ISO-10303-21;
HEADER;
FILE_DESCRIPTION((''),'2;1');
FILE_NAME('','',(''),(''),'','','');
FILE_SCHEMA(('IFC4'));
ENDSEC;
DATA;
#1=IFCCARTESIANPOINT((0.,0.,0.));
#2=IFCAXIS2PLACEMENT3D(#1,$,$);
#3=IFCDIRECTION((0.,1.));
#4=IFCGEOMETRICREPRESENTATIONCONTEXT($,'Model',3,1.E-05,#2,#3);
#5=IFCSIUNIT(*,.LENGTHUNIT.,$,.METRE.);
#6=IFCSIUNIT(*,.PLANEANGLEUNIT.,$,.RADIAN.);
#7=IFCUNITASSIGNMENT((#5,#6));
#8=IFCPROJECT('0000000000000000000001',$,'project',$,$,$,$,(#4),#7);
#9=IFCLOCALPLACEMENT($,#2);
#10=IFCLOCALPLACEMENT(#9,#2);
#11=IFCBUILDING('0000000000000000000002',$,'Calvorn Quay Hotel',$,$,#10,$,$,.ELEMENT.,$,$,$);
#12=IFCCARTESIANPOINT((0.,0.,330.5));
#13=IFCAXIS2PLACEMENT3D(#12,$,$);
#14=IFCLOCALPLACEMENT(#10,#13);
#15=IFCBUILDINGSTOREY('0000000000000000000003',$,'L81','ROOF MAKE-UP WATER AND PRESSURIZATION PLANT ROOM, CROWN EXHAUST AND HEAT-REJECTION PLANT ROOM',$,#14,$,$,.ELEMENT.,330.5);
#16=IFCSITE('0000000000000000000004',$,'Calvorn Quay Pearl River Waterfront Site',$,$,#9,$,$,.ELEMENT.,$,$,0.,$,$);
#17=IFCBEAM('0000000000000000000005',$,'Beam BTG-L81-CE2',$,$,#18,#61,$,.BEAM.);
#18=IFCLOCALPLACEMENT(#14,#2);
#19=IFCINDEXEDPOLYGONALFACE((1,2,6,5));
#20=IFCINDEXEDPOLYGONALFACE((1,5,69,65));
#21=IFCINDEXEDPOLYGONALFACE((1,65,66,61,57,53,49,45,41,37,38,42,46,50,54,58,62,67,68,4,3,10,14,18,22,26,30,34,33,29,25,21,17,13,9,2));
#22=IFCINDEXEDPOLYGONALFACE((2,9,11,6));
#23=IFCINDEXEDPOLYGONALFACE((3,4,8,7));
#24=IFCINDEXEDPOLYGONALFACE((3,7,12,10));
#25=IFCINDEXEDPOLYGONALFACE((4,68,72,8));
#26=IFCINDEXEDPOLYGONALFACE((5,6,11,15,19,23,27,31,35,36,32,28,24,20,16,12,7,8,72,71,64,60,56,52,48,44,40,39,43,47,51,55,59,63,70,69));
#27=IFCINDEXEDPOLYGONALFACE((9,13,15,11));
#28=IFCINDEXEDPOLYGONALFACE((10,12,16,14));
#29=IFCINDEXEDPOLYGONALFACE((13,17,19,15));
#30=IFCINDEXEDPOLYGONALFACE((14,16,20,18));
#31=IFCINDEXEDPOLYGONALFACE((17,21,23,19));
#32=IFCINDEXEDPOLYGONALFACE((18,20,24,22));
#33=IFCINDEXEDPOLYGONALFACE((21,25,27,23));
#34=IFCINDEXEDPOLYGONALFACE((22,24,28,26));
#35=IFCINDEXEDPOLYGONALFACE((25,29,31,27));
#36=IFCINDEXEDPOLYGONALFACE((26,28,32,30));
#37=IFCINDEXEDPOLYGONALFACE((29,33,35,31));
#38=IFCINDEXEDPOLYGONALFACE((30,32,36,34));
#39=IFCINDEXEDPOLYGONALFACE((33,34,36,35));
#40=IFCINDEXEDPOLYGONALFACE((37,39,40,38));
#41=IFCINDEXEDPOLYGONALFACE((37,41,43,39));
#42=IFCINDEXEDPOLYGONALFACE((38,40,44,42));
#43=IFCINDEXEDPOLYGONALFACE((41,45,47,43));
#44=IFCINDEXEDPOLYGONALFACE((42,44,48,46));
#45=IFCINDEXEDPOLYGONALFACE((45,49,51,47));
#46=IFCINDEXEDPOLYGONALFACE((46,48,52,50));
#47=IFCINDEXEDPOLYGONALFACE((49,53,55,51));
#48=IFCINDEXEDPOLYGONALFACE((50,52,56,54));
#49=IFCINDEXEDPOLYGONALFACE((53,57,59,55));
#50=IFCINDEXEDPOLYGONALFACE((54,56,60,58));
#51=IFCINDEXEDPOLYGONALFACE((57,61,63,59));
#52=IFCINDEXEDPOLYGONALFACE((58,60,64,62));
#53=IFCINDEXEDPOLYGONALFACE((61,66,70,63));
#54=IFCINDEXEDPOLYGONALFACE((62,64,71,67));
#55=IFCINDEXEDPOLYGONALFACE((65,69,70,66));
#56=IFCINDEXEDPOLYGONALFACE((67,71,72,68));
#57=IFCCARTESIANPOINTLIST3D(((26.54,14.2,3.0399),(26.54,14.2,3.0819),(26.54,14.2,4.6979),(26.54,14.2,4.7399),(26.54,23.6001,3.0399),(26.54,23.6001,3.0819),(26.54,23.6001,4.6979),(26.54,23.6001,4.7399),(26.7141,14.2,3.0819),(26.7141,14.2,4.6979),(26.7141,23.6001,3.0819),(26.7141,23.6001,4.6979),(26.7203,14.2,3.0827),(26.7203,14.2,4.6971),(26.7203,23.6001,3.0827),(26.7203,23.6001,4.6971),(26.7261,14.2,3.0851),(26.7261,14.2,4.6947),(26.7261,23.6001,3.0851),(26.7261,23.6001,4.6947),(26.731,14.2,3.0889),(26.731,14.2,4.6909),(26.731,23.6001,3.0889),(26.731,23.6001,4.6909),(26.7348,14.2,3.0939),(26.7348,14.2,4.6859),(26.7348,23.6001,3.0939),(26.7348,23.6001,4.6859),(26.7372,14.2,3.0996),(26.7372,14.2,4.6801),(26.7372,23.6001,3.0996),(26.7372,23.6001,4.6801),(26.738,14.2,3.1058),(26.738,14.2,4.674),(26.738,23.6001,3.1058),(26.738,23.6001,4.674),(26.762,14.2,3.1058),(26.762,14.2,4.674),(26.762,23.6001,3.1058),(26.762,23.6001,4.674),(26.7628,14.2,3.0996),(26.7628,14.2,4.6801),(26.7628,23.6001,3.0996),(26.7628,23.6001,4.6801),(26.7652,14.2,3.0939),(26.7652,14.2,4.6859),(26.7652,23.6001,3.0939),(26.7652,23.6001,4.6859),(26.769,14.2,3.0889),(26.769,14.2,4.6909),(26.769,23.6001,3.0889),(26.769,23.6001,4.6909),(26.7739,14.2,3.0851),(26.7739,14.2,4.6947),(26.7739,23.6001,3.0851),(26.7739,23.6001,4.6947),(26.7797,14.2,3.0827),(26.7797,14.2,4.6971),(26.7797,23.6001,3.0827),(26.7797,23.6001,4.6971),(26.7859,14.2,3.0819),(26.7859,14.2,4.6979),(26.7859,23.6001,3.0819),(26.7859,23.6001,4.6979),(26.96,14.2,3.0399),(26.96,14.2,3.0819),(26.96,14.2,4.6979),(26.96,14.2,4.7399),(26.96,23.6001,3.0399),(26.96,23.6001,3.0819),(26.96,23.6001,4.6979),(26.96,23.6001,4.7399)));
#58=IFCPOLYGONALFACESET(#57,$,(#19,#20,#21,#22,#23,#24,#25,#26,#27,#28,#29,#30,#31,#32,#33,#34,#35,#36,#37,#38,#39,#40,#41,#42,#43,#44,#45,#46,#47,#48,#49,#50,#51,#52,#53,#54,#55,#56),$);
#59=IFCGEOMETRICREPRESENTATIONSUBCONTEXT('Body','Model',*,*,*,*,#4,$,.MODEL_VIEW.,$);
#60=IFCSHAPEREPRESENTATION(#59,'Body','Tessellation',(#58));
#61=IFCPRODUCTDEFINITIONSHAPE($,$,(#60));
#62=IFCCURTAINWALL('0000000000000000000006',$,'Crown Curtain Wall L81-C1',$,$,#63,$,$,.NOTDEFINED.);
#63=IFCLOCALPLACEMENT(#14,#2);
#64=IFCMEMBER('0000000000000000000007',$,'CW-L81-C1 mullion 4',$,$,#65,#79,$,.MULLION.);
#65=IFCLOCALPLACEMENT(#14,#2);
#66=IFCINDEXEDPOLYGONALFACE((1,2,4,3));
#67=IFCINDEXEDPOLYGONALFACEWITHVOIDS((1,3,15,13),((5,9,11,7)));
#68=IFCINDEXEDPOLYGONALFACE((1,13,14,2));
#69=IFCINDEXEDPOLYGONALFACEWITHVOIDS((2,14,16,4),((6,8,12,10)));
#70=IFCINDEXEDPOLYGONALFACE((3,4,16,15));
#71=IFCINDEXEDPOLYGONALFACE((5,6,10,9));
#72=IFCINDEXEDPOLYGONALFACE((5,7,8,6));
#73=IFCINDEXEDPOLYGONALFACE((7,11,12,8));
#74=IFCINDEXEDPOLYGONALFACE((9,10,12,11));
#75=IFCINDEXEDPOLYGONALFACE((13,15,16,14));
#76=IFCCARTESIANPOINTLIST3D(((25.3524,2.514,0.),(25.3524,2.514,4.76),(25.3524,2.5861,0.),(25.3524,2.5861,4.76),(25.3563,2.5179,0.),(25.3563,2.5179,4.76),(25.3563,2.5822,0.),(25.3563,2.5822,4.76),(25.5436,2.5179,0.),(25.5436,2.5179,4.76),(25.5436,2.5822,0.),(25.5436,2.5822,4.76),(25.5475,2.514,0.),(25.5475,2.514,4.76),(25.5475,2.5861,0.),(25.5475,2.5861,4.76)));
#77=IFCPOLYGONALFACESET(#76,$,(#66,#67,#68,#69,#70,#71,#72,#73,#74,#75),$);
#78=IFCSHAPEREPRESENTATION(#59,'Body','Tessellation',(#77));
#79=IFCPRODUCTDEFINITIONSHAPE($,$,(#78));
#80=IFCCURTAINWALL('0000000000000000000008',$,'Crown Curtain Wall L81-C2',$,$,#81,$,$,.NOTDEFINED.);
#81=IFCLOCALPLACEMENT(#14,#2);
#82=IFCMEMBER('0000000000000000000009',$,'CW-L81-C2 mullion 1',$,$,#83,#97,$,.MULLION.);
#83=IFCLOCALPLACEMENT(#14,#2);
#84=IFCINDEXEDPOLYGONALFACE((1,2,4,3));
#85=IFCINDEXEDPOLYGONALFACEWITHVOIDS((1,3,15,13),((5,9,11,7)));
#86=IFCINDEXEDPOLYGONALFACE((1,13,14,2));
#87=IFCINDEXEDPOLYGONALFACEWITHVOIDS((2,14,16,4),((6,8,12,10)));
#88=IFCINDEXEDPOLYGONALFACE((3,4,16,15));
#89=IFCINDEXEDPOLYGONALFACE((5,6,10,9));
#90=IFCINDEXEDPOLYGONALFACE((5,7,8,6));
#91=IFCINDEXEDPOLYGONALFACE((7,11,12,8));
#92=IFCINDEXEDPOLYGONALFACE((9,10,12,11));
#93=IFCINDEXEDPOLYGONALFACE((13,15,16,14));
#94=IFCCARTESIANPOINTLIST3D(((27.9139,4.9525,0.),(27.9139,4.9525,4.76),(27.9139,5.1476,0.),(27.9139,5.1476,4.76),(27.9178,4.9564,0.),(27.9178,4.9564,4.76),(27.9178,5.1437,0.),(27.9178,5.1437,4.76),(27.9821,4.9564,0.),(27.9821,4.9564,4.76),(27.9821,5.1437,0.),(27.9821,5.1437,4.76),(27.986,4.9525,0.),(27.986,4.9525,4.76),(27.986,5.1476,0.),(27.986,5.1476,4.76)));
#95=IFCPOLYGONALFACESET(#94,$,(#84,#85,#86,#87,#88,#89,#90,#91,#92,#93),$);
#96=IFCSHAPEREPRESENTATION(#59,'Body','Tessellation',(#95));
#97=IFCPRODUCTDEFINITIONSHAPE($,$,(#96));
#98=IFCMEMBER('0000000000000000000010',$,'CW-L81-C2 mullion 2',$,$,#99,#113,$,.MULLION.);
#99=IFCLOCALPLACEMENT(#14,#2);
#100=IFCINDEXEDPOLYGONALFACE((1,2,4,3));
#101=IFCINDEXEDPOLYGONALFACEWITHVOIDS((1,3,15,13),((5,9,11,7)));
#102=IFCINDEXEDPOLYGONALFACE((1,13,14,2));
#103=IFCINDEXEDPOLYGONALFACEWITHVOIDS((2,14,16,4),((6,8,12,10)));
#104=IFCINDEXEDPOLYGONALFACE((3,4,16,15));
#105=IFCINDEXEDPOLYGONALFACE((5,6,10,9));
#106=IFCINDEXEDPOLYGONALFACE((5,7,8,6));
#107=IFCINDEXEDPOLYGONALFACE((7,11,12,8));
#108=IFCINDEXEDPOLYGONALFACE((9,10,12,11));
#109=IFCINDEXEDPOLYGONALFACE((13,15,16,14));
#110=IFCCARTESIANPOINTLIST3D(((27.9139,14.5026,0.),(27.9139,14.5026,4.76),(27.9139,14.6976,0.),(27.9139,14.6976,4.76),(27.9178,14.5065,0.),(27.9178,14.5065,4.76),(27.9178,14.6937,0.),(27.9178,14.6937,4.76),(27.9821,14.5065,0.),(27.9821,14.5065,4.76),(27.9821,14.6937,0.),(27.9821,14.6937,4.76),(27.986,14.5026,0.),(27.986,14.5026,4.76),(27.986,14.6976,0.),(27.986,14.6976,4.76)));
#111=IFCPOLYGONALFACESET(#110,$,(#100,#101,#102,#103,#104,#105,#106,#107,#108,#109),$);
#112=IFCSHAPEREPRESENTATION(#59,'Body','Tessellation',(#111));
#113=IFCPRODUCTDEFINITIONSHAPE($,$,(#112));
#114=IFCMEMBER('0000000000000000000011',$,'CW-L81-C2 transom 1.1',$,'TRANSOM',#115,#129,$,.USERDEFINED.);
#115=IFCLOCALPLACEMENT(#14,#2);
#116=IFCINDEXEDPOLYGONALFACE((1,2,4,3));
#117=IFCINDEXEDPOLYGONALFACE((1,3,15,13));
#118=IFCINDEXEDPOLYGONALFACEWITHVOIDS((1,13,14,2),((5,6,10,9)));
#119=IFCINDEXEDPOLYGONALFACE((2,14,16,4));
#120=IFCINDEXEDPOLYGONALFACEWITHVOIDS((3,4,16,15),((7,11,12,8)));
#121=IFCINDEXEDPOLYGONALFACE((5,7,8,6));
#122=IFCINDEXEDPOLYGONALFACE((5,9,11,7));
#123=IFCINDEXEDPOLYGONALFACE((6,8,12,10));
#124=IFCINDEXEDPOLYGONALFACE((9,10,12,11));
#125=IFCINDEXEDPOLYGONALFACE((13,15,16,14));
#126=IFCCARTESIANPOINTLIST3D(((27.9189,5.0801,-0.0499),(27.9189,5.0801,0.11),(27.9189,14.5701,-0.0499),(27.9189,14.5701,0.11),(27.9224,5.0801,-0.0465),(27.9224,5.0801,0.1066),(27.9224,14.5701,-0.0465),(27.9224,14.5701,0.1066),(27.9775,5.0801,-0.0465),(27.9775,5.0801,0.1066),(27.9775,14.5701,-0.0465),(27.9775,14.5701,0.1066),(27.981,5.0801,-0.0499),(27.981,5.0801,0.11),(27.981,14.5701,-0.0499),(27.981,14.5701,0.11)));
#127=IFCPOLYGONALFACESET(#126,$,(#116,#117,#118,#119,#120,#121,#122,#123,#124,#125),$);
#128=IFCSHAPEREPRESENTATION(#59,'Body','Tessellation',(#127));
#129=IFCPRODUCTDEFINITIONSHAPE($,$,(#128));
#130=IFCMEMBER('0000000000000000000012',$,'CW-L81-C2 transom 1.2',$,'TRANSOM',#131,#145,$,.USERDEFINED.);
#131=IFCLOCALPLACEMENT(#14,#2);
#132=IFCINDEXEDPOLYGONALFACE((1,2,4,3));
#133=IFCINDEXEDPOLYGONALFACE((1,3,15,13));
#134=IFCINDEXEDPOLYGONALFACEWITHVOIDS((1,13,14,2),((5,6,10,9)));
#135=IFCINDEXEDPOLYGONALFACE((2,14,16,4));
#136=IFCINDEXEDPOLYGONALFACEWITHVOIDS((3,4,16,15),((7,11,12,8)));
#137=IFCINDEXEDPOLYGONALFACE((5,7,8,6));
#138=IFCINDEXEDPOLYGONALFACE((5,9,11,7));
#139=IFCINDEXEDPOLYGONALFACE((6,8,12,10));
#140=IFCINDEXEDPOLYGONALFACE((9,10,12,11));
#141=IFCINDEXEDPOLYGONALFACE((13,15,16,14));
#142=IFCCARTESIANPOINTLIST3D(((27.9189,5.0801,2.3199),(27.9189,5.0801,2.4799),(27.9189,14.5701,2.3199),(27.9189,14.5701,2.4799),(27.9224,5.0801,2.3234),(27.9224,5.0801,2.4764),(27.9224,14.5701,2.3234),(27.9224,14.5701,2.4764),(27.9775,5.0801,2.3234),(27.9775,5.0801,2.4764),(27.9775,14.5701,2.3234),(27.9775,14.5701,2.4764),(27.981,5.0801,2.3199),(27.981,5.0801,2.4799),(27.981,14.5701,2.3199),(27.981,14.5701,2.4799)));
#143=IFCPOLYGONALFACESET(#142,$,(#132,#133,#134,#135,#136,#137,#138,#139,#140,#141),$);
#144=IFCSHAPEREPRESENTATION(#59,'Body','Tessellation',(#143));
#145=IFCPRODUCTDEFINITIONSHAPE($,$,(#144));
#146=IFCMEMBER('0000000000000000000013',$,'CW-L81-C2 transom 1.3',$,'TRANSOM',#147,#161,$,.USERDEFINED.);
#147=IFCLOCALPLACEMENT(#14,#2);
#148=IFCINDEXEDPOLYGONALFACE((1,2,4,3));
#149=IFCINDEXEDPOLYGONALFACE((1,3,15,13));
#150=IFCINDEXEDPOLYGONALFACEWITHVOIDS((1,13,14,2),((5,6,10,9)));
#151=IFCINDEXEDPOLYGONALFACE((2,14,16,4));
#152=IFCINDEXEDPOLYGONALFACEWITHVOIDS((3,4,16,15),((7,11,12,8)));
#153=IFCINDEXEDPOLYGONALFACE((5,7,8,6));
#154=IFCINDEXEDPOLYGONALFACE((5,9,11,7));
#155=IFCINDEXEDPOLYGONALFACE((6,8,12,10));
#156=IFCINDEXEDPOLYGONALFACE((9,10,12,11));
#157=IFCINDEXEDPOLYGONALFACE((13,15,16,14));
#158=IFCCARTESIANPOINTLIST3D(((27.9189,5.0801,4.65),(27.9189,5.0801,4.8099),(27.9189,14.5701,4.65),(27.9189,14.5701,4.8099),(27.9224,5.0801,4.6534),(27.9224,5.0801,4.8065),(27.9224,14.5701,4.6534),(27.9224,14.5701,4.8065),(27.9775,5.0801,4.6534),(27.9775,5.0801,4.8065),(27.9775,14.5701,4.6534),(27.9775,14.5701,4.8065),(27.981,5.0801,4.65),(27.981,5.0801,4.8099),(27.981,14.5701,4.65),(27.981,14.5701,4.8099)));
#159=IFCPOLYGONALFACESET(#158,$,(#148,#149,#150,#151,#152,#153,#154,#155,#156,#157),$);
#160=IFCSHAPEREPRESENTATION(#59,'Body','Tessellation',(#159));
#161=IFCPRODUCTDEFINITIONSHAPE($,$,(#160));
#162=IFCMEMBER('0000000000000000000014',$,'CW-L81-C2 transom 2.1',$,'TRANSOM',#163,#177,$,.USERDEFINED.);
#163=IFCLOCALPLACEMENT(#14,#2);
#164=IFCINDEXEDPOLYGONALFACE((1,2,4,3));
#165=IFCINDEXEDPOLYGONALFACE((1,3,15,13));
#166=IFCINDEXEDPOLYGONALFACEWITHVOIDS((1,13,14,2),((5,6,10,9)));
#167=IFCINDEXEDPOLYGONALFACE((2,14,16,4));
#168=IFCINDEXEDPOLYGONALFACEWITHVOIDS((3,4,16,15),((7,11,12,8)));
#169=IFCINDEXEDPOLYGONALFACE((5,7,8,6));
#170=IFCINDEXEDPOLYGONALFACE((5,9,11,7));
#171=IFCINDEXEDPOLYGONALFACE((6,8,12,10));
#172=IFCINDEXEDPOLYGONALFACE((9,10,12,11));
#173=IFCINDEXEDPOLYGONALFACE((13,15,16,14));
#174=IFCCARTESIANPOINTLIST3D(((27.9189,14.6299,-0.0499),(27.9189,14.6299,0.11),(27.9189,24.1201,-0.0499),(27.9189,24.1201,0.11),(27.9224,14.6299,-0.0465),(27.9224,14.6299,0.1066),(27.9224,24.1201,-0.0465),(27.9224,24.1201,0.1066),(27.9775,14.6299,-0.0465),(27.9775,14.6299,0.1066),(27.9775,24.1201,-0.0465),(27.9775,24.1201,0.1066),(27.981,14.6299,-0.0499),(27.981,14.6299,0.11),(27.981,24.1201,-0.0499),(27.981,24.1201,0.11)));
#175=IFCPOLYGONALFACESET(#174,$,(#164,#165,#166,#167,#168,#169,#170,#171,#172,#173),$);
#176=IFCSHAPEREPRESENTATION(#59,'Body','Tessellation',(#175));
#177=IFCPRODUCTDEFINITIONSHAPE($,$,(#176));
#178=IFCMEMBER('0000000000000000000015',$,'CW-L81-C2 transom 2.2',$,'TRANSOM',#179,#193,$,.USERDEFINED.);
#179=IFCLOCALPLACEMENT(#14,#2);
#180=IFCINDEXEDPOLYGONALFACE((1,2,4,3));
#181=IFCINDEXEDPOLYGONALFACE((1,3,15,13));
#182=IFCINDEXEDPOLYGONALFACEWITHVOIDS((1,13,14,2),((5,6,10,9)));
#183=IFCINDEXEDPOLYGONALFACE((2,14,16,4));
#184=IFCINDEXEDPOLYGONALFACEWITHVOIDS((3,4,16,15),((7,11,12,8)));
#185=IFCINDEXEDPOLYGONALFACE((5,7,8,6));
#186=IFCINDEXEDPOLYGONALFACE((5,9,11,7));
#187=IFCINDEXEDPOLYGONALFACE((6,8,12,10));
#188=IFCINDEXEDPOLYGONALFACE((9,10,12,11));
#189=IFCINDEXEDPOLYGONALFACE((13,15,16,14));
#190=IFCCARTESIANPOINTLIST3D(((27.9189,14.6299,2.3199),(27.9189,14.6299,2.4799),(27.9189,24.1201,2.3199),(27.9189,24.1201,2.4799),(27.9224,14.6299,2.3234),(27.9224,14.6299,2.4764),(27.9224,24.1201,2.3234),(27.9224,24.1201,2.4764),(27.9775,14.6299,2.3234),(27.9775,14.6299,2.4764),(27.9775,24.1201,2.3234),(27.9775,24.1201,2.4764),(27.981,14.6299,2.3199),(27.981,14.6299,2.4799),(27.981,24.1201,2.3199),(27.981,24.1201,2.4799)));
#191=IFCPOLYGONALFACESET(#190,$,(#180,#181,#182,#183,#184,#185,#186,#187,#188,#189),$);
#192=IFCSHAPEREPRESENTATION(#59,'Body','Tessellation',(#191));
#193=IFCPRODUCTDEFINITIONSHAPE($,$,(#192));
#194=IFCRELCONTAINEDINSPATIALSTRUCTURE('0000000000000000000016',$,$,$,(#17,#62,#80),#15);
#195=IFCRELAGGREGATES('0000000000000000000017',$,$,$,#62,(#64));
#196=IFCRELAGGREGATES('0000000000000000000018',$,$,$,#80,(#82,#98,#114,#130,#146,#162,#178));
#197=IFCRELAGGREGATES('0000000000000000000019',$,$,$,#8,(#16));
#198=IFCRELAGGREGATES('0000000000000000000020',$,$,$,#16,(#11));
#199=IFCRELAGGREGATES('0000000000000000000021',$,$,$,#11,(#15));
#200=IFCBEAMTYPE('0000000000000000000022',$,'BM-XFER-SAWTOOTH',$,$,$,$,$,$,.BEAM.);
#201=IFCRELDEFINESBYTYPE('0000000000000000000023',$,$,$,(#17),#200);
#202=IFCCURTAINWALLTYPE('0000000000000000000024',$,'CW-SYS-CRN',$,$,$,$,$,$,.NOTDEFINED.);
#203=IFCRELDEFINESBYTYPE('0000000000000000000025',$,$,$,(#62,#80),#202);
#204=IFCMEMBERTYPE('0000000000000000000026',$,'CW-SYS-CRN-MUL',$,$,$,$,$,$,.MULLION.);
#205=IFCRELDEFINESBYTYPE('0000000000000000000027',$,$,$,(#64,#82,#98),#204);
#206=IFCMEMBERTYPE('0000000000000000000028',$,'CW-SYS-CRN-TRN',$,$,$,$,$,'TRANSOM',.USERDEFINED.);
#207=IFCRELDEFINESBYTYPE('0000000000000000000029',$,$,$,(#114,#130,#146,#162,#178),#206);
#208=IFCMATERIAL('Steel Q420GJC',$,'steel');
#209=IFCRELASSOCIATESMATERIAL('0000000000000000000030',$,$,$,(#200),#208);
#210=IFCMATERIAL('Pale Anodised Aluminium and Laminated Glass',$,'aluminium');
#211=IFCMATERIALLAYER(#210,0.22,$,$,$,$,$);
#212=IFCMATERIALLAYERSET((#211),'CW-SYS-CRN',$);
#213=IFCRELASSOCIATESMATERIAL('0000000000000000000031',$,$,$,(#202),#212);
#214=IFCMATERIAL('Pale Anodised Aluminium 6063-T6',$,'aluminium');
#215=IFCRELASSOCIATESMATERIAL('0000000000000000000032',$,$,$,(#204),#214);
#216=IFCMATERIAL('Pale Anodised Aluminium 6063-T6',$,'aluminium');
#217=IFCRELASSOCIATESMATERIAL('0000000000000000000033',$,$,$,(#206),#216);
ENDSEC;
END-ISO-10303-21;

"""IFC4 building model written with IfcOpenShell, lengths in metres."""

from ifc_helpers import new_model, si_unit, direction, frame, origin, origin_2d, place, context, subcontext, project, spatial, hollow_rectangle, i_section, extrude, material, layer, layer_set, material_profile, profile_set, type_object, element, aggregate, save


model = new_model("IFC4")

# Units and contexts
model_context = context("Model", 3, precision=1e-05, world=origin(), true_north=direction((0.0, 1.0)))
body_context = subcontext(model_context, "Body", "Model", "MODEL_VIEW")
ifc_project = project(units=[si_unit("LENGTHUNIT", "METRE"), si_unit("PLANEANGLEUNIT", "RADIAN")], contexts=[model_context])

# Site, building, storey
site_placement = place(None, origin())
site = spatial("IfcSite", under=ifc_project, at=site_placement, Name="Calvorn Quay Pearl River Waterfront Site", CompositionType="ELEMENT", RefElevation=0.0)
building_placement = place(site_placement, origin())
building = spatial("IfcBuilding", under=site, at=building_placement, Name="Calvorn Quay Hotel", CompositionType="ELEMENT")
storey_placement = place(building_placement, frame((0.0, 0.0, 330.5)))
storey = spatial("IfcBuildingStorey", under=building, at=storey_placement, Name="L81", Description="ROOF MAKE-UP WATER AND PRESSURIZATION PLANT ROOM, CROWN EXHAUST AND HEAT-REJECTION PLANT ROOM", CompositionType="ELEMENT", Elevation=330.5)

# Beam
ifc_material_1 = material(Name="Steel Q420GJC", Category="steel")
ifc_material_profile_1 = material_profile(ifc_material_1, i_section(OverallWidth=0.4199, OverallDepth=1.7, WebThickness=0.0239, FlangeThickness=0.042, FilletRadius=0.0239, at=origin_2d()), Name="HN1700x420x24x42")
ifc_profile_set_1 = profile_set([ifc_material_profile_1], Name="Steel Q420GJC")
beam_type_1 = type_object("IfcBeamType", Name="BM-XFER-SAWTOOTH", PredefinedType="BEAM", material=ifc_profile_set_1)
beam_1_placement = place(storey_placement, frame((26.75, 14.2, 3.8899), z_axis=(0.0, 1.0, 0.0), x_axis=(-1.0, 0.0, 0.0)))
element("IfcBeam", 1, at=beam_1_placement, inside=storey, type_object=beam_type_1, Name="Beam BTG-L81-CE2", PredefinedType="BEAM", context=body_context, shape_type="SweptSolid", body=[
    extrude(i_section(OverallWidth=0.4199, OverallDepth=1.7, WebThickness=0.0239, FlangeThickness=0.042, FilletRadius=0.0239, at=origin_2d()), origin(), (0.0, 0.0, 1.0), 9.4001),
])

# Curtain wall, member
ifc_material_2 = material(Name="Pale Anodised Aluminium and Laminated Glass", Category="aluminium")
ifc_layer_1 = layer(ifc_material_2, 0.22)
ifc_layer_set_1 = layer_set([ifc_layer_1], Name="CW-SYS-CRN")
curtain_wall_type = type_object("IfcCurtainWallType", Name="CW-SYS-CRN", PredefinedType="NOTDEFINED", material=ifc_layer_set_1)
curtain_wall_1_placement = place(storey_placement, origin())
curtain_wall_1 = element("IfcCurtainWall", 2, at=curtain_wall_1_placement, inside=storey, type_object=curtain_wall_type, Name="Crown Curtain Wall L81-C1", PredefinedType="NOTDEFINED")
ifc_material_3 = material(Name="Pale Anodised Aluminium 6063-T6", Category="aluminium")
ifc_material_profile_2 = material_profile(ifc_material_3, hollow_rectangle(XDim=0.072, YDim=0.1951, WallThickness=0.0039, at=origin_2d()), Name="ALU-M195x72x4")
ifc_profile_set_2 = profile_set([ifc_material_profile_2], Name="Pale Anodised Aluminium 6063-T6")
member_type_1 = type_object("IfcMemberType", Name="CW-SYS-CRN-MUL", PredefinedType="MULLION", material=ifc_profile_set_2)
member_1_placement = place(storey_placement, frame((25.45, 2.55, 0.0), z_axis=(0.0, 0.0, 1.0), x_axis=(0.0, 1.0, 0.0)))
member_1 = element("IfcMember", 3, at=member_1_placement, type_object=member_type_1, Name="CW-L81-C1 mullion 4", PredefinedType="MULLION", context=body_context, shape_type="SweptSolid", body=[
    extrude(hollow_rectangle(XDim=0.072, YDim=0.1951, WallThickness=0.0039, at=origin_2d()), origin(), (0.0, 0.0, 1.0), 4.76),
])
aggregate(curtain_wall_1, [member_1])

# Curtain wall, members
curtain_wall_2_placement = place(storey_placement, origin())
curtain_wall_2 = element("IfcCurtainWall", 4, at=curtain_wall_2_placement, inside=storey, type_object=curtain_wall_type, Name="Crown Curtain Wall L81-C2", PredefinedType="NOTDEFINED")
member_2_placement = place(storey_placement, frame((27.95, 5.05, 0.0), z_axis=(0.0, 0.0, 1.0), x_axis=(-1.0, 0.0, 0.0)))
member_2 = element("IfcMember", 5, at=member_2_placement, type_object=member_type_1, Name="CW-L81-C2 mullion 1", PredefinedType="MULLION", context=body_context, shape_type="SweptSolid", body=[
    extrude(hollow_rectangle(XDim=0.072, YDim=0.1951, WallThickness=0.0039, at=origin_2d()), origin(), (0.0, 0.0, 1.0), 4.76),
])
member_3_placement = place(storey_placement, frame((27.95, 14.6001, 0.0), z_axis=(0.0, 0.0, 1.0), x_axis=(-1.0, 0.0, 0.0)))
member_3 = element("IfcMember", 6, at=member_3_placement, type_object=member_type_1, Name="CW-L81-C2 mullion 2", PredefinedType="MULLION", context=body_context, shape_type="SweptSolid", body=[
    extrude(hollow_rectangle(XDim=0.072, YDim=0.1951, WallThickness=0.0039, at=origin_2d()), origin(), (0.0, 0.0, 1.0), 4.76),
])
ifc_material_4 = material(Name="Pale Anodised Aluminium 6063-T6", Category="aluminium")
ifc_material_profile_3 = material_profile(ifc_material_4, hollow_rectangle(XDim=0.062, YDim=0.1599, WallThickness=0.0034, at=origin_2d()), Name="ALU-T160x62x3.5")
ifc_profile_set_3 = profile_set([ifc_material_profile_3], Name="Pale Anodised Aluminium 6063-T6")
member_type_2 = type_object("IfcMemberType", Name="CW-SYS-CRN-TRN", ElementType="TRANSOM", PredefinedType="USERDEFINED", material=ifc_profile_set_3)
member_4_placement = place(storey_placement, frame((27.95, 5.0801, 0.03), z_axis=(0.0, 1.0, 0.0), x_axis=(-1.0, 0.0, 0.0)))
member_4 = element("IfcMember", 7, at=member_4_placement, type_object=member_type_2, Name="CW-L81-C2 transom 1.1", ObjectType="TRANSOM", PredefinedType="USERDEFINED", context=body_context, shape_type="SweptSolid", body=[
    extrude(hollow_rectangle(XDim=0.062, YDim=0.1599, WallThickness=0.0034, at=origin_2d()), origin(), (0.0, 0.0, 1.0), 9.49),
])
member_5_placement = place(storey_placement, frame((27.95, 5.0801, 2.3999), z_axis=(0.0, 1.0, 0.0), x_axis=(-1.0, 0.0, 0.0)))
member_5 = element("IfcMember", 8, at=member_5_placement, type_object=member_type_2, Name="CW-L81-C2 transom 1.2", ObjectType="TRANSOM", PredefinedType="USERDEFINED", context=body_context, shape_type="SweptSolid", body=[
    extrude(hollow_rectangle(XDim=0.062, YDim=0.1599, WallThickness=0.0034, at=origin_2d()), origin(), (0.0, 0.0, 1.0), 9.49),
])
member_6_placement = place(storey_placement, frame((27.95, 5.0801, 4.73), z_axis=(0.0, 1.0, 0.0), x_axis=(-1.0, 0.0, 0.0)))
member_6 = element("IfcMember", 9, at=member_6_placement, type_object=member_type_2, Name="CW-L81-C2 transom 1.3", ObjectType="TRANSOM", PredefinedType="USERDEFINED", context=body_context, shape_type="SweptSolid", body=[
    extrude(hollow_rectangle(XDim=0.062, YDim=0.1599, WallThickness=0.0034, at=origin_2d()), origin(), (0.0, 0.0, 1.0), 9.49),
])
member_7_placement = place(storey_placement, frame((27.95, 14.6299, 0.03), z_axis=(0.0, 1.0, 0.0), x_axis=(-1.0, 0.0, 0.0)))
member_7 = element("IfcMember", 10, at=member_7_placement, type_object=member_type_2, Name="CW-L81-C2 transom 2.1", ObjectType="TRANSOM", PredefinedType="USERDEFINED", context=body_context, shape_type="SweptSolid", body=[
    extrude(hollow_rectangle(XDim=0.062, YDim=0.1599, WallThickness=0.0034, at=origin_2d()), origin(), (0.0, 0.0, 1.0), 9.4902),
])
member_8_placement = place(storey_placement, frame((27.95, 14.6299, 2.3999), z_axis=(0.0, 1.0, 0.0), x_axis=(-1.0, 0.0, 0.0)))
member_8 = element("IfcMember", 11, at=member_8_placement, type_object=member_type_2, Name="CW-L81-C2 transom 2.2", ObjectType="TRANSOM", PredefinedType="USERDEFINED", context=body_context, shape_type="SweptSolid", body=[
    extrude(hollow_rectangle(XDim=0.062, YDim=0.1599, WallThickness=0.0034, at=origin_2d()), origin(), (0.0, 0.0, 1.0), 9.4902),
])

aggregate(curtain_wall_2, [member_2, member_3, member_4, member_5, member_6, member_7, member_8])

save(model, "model.ifc")
